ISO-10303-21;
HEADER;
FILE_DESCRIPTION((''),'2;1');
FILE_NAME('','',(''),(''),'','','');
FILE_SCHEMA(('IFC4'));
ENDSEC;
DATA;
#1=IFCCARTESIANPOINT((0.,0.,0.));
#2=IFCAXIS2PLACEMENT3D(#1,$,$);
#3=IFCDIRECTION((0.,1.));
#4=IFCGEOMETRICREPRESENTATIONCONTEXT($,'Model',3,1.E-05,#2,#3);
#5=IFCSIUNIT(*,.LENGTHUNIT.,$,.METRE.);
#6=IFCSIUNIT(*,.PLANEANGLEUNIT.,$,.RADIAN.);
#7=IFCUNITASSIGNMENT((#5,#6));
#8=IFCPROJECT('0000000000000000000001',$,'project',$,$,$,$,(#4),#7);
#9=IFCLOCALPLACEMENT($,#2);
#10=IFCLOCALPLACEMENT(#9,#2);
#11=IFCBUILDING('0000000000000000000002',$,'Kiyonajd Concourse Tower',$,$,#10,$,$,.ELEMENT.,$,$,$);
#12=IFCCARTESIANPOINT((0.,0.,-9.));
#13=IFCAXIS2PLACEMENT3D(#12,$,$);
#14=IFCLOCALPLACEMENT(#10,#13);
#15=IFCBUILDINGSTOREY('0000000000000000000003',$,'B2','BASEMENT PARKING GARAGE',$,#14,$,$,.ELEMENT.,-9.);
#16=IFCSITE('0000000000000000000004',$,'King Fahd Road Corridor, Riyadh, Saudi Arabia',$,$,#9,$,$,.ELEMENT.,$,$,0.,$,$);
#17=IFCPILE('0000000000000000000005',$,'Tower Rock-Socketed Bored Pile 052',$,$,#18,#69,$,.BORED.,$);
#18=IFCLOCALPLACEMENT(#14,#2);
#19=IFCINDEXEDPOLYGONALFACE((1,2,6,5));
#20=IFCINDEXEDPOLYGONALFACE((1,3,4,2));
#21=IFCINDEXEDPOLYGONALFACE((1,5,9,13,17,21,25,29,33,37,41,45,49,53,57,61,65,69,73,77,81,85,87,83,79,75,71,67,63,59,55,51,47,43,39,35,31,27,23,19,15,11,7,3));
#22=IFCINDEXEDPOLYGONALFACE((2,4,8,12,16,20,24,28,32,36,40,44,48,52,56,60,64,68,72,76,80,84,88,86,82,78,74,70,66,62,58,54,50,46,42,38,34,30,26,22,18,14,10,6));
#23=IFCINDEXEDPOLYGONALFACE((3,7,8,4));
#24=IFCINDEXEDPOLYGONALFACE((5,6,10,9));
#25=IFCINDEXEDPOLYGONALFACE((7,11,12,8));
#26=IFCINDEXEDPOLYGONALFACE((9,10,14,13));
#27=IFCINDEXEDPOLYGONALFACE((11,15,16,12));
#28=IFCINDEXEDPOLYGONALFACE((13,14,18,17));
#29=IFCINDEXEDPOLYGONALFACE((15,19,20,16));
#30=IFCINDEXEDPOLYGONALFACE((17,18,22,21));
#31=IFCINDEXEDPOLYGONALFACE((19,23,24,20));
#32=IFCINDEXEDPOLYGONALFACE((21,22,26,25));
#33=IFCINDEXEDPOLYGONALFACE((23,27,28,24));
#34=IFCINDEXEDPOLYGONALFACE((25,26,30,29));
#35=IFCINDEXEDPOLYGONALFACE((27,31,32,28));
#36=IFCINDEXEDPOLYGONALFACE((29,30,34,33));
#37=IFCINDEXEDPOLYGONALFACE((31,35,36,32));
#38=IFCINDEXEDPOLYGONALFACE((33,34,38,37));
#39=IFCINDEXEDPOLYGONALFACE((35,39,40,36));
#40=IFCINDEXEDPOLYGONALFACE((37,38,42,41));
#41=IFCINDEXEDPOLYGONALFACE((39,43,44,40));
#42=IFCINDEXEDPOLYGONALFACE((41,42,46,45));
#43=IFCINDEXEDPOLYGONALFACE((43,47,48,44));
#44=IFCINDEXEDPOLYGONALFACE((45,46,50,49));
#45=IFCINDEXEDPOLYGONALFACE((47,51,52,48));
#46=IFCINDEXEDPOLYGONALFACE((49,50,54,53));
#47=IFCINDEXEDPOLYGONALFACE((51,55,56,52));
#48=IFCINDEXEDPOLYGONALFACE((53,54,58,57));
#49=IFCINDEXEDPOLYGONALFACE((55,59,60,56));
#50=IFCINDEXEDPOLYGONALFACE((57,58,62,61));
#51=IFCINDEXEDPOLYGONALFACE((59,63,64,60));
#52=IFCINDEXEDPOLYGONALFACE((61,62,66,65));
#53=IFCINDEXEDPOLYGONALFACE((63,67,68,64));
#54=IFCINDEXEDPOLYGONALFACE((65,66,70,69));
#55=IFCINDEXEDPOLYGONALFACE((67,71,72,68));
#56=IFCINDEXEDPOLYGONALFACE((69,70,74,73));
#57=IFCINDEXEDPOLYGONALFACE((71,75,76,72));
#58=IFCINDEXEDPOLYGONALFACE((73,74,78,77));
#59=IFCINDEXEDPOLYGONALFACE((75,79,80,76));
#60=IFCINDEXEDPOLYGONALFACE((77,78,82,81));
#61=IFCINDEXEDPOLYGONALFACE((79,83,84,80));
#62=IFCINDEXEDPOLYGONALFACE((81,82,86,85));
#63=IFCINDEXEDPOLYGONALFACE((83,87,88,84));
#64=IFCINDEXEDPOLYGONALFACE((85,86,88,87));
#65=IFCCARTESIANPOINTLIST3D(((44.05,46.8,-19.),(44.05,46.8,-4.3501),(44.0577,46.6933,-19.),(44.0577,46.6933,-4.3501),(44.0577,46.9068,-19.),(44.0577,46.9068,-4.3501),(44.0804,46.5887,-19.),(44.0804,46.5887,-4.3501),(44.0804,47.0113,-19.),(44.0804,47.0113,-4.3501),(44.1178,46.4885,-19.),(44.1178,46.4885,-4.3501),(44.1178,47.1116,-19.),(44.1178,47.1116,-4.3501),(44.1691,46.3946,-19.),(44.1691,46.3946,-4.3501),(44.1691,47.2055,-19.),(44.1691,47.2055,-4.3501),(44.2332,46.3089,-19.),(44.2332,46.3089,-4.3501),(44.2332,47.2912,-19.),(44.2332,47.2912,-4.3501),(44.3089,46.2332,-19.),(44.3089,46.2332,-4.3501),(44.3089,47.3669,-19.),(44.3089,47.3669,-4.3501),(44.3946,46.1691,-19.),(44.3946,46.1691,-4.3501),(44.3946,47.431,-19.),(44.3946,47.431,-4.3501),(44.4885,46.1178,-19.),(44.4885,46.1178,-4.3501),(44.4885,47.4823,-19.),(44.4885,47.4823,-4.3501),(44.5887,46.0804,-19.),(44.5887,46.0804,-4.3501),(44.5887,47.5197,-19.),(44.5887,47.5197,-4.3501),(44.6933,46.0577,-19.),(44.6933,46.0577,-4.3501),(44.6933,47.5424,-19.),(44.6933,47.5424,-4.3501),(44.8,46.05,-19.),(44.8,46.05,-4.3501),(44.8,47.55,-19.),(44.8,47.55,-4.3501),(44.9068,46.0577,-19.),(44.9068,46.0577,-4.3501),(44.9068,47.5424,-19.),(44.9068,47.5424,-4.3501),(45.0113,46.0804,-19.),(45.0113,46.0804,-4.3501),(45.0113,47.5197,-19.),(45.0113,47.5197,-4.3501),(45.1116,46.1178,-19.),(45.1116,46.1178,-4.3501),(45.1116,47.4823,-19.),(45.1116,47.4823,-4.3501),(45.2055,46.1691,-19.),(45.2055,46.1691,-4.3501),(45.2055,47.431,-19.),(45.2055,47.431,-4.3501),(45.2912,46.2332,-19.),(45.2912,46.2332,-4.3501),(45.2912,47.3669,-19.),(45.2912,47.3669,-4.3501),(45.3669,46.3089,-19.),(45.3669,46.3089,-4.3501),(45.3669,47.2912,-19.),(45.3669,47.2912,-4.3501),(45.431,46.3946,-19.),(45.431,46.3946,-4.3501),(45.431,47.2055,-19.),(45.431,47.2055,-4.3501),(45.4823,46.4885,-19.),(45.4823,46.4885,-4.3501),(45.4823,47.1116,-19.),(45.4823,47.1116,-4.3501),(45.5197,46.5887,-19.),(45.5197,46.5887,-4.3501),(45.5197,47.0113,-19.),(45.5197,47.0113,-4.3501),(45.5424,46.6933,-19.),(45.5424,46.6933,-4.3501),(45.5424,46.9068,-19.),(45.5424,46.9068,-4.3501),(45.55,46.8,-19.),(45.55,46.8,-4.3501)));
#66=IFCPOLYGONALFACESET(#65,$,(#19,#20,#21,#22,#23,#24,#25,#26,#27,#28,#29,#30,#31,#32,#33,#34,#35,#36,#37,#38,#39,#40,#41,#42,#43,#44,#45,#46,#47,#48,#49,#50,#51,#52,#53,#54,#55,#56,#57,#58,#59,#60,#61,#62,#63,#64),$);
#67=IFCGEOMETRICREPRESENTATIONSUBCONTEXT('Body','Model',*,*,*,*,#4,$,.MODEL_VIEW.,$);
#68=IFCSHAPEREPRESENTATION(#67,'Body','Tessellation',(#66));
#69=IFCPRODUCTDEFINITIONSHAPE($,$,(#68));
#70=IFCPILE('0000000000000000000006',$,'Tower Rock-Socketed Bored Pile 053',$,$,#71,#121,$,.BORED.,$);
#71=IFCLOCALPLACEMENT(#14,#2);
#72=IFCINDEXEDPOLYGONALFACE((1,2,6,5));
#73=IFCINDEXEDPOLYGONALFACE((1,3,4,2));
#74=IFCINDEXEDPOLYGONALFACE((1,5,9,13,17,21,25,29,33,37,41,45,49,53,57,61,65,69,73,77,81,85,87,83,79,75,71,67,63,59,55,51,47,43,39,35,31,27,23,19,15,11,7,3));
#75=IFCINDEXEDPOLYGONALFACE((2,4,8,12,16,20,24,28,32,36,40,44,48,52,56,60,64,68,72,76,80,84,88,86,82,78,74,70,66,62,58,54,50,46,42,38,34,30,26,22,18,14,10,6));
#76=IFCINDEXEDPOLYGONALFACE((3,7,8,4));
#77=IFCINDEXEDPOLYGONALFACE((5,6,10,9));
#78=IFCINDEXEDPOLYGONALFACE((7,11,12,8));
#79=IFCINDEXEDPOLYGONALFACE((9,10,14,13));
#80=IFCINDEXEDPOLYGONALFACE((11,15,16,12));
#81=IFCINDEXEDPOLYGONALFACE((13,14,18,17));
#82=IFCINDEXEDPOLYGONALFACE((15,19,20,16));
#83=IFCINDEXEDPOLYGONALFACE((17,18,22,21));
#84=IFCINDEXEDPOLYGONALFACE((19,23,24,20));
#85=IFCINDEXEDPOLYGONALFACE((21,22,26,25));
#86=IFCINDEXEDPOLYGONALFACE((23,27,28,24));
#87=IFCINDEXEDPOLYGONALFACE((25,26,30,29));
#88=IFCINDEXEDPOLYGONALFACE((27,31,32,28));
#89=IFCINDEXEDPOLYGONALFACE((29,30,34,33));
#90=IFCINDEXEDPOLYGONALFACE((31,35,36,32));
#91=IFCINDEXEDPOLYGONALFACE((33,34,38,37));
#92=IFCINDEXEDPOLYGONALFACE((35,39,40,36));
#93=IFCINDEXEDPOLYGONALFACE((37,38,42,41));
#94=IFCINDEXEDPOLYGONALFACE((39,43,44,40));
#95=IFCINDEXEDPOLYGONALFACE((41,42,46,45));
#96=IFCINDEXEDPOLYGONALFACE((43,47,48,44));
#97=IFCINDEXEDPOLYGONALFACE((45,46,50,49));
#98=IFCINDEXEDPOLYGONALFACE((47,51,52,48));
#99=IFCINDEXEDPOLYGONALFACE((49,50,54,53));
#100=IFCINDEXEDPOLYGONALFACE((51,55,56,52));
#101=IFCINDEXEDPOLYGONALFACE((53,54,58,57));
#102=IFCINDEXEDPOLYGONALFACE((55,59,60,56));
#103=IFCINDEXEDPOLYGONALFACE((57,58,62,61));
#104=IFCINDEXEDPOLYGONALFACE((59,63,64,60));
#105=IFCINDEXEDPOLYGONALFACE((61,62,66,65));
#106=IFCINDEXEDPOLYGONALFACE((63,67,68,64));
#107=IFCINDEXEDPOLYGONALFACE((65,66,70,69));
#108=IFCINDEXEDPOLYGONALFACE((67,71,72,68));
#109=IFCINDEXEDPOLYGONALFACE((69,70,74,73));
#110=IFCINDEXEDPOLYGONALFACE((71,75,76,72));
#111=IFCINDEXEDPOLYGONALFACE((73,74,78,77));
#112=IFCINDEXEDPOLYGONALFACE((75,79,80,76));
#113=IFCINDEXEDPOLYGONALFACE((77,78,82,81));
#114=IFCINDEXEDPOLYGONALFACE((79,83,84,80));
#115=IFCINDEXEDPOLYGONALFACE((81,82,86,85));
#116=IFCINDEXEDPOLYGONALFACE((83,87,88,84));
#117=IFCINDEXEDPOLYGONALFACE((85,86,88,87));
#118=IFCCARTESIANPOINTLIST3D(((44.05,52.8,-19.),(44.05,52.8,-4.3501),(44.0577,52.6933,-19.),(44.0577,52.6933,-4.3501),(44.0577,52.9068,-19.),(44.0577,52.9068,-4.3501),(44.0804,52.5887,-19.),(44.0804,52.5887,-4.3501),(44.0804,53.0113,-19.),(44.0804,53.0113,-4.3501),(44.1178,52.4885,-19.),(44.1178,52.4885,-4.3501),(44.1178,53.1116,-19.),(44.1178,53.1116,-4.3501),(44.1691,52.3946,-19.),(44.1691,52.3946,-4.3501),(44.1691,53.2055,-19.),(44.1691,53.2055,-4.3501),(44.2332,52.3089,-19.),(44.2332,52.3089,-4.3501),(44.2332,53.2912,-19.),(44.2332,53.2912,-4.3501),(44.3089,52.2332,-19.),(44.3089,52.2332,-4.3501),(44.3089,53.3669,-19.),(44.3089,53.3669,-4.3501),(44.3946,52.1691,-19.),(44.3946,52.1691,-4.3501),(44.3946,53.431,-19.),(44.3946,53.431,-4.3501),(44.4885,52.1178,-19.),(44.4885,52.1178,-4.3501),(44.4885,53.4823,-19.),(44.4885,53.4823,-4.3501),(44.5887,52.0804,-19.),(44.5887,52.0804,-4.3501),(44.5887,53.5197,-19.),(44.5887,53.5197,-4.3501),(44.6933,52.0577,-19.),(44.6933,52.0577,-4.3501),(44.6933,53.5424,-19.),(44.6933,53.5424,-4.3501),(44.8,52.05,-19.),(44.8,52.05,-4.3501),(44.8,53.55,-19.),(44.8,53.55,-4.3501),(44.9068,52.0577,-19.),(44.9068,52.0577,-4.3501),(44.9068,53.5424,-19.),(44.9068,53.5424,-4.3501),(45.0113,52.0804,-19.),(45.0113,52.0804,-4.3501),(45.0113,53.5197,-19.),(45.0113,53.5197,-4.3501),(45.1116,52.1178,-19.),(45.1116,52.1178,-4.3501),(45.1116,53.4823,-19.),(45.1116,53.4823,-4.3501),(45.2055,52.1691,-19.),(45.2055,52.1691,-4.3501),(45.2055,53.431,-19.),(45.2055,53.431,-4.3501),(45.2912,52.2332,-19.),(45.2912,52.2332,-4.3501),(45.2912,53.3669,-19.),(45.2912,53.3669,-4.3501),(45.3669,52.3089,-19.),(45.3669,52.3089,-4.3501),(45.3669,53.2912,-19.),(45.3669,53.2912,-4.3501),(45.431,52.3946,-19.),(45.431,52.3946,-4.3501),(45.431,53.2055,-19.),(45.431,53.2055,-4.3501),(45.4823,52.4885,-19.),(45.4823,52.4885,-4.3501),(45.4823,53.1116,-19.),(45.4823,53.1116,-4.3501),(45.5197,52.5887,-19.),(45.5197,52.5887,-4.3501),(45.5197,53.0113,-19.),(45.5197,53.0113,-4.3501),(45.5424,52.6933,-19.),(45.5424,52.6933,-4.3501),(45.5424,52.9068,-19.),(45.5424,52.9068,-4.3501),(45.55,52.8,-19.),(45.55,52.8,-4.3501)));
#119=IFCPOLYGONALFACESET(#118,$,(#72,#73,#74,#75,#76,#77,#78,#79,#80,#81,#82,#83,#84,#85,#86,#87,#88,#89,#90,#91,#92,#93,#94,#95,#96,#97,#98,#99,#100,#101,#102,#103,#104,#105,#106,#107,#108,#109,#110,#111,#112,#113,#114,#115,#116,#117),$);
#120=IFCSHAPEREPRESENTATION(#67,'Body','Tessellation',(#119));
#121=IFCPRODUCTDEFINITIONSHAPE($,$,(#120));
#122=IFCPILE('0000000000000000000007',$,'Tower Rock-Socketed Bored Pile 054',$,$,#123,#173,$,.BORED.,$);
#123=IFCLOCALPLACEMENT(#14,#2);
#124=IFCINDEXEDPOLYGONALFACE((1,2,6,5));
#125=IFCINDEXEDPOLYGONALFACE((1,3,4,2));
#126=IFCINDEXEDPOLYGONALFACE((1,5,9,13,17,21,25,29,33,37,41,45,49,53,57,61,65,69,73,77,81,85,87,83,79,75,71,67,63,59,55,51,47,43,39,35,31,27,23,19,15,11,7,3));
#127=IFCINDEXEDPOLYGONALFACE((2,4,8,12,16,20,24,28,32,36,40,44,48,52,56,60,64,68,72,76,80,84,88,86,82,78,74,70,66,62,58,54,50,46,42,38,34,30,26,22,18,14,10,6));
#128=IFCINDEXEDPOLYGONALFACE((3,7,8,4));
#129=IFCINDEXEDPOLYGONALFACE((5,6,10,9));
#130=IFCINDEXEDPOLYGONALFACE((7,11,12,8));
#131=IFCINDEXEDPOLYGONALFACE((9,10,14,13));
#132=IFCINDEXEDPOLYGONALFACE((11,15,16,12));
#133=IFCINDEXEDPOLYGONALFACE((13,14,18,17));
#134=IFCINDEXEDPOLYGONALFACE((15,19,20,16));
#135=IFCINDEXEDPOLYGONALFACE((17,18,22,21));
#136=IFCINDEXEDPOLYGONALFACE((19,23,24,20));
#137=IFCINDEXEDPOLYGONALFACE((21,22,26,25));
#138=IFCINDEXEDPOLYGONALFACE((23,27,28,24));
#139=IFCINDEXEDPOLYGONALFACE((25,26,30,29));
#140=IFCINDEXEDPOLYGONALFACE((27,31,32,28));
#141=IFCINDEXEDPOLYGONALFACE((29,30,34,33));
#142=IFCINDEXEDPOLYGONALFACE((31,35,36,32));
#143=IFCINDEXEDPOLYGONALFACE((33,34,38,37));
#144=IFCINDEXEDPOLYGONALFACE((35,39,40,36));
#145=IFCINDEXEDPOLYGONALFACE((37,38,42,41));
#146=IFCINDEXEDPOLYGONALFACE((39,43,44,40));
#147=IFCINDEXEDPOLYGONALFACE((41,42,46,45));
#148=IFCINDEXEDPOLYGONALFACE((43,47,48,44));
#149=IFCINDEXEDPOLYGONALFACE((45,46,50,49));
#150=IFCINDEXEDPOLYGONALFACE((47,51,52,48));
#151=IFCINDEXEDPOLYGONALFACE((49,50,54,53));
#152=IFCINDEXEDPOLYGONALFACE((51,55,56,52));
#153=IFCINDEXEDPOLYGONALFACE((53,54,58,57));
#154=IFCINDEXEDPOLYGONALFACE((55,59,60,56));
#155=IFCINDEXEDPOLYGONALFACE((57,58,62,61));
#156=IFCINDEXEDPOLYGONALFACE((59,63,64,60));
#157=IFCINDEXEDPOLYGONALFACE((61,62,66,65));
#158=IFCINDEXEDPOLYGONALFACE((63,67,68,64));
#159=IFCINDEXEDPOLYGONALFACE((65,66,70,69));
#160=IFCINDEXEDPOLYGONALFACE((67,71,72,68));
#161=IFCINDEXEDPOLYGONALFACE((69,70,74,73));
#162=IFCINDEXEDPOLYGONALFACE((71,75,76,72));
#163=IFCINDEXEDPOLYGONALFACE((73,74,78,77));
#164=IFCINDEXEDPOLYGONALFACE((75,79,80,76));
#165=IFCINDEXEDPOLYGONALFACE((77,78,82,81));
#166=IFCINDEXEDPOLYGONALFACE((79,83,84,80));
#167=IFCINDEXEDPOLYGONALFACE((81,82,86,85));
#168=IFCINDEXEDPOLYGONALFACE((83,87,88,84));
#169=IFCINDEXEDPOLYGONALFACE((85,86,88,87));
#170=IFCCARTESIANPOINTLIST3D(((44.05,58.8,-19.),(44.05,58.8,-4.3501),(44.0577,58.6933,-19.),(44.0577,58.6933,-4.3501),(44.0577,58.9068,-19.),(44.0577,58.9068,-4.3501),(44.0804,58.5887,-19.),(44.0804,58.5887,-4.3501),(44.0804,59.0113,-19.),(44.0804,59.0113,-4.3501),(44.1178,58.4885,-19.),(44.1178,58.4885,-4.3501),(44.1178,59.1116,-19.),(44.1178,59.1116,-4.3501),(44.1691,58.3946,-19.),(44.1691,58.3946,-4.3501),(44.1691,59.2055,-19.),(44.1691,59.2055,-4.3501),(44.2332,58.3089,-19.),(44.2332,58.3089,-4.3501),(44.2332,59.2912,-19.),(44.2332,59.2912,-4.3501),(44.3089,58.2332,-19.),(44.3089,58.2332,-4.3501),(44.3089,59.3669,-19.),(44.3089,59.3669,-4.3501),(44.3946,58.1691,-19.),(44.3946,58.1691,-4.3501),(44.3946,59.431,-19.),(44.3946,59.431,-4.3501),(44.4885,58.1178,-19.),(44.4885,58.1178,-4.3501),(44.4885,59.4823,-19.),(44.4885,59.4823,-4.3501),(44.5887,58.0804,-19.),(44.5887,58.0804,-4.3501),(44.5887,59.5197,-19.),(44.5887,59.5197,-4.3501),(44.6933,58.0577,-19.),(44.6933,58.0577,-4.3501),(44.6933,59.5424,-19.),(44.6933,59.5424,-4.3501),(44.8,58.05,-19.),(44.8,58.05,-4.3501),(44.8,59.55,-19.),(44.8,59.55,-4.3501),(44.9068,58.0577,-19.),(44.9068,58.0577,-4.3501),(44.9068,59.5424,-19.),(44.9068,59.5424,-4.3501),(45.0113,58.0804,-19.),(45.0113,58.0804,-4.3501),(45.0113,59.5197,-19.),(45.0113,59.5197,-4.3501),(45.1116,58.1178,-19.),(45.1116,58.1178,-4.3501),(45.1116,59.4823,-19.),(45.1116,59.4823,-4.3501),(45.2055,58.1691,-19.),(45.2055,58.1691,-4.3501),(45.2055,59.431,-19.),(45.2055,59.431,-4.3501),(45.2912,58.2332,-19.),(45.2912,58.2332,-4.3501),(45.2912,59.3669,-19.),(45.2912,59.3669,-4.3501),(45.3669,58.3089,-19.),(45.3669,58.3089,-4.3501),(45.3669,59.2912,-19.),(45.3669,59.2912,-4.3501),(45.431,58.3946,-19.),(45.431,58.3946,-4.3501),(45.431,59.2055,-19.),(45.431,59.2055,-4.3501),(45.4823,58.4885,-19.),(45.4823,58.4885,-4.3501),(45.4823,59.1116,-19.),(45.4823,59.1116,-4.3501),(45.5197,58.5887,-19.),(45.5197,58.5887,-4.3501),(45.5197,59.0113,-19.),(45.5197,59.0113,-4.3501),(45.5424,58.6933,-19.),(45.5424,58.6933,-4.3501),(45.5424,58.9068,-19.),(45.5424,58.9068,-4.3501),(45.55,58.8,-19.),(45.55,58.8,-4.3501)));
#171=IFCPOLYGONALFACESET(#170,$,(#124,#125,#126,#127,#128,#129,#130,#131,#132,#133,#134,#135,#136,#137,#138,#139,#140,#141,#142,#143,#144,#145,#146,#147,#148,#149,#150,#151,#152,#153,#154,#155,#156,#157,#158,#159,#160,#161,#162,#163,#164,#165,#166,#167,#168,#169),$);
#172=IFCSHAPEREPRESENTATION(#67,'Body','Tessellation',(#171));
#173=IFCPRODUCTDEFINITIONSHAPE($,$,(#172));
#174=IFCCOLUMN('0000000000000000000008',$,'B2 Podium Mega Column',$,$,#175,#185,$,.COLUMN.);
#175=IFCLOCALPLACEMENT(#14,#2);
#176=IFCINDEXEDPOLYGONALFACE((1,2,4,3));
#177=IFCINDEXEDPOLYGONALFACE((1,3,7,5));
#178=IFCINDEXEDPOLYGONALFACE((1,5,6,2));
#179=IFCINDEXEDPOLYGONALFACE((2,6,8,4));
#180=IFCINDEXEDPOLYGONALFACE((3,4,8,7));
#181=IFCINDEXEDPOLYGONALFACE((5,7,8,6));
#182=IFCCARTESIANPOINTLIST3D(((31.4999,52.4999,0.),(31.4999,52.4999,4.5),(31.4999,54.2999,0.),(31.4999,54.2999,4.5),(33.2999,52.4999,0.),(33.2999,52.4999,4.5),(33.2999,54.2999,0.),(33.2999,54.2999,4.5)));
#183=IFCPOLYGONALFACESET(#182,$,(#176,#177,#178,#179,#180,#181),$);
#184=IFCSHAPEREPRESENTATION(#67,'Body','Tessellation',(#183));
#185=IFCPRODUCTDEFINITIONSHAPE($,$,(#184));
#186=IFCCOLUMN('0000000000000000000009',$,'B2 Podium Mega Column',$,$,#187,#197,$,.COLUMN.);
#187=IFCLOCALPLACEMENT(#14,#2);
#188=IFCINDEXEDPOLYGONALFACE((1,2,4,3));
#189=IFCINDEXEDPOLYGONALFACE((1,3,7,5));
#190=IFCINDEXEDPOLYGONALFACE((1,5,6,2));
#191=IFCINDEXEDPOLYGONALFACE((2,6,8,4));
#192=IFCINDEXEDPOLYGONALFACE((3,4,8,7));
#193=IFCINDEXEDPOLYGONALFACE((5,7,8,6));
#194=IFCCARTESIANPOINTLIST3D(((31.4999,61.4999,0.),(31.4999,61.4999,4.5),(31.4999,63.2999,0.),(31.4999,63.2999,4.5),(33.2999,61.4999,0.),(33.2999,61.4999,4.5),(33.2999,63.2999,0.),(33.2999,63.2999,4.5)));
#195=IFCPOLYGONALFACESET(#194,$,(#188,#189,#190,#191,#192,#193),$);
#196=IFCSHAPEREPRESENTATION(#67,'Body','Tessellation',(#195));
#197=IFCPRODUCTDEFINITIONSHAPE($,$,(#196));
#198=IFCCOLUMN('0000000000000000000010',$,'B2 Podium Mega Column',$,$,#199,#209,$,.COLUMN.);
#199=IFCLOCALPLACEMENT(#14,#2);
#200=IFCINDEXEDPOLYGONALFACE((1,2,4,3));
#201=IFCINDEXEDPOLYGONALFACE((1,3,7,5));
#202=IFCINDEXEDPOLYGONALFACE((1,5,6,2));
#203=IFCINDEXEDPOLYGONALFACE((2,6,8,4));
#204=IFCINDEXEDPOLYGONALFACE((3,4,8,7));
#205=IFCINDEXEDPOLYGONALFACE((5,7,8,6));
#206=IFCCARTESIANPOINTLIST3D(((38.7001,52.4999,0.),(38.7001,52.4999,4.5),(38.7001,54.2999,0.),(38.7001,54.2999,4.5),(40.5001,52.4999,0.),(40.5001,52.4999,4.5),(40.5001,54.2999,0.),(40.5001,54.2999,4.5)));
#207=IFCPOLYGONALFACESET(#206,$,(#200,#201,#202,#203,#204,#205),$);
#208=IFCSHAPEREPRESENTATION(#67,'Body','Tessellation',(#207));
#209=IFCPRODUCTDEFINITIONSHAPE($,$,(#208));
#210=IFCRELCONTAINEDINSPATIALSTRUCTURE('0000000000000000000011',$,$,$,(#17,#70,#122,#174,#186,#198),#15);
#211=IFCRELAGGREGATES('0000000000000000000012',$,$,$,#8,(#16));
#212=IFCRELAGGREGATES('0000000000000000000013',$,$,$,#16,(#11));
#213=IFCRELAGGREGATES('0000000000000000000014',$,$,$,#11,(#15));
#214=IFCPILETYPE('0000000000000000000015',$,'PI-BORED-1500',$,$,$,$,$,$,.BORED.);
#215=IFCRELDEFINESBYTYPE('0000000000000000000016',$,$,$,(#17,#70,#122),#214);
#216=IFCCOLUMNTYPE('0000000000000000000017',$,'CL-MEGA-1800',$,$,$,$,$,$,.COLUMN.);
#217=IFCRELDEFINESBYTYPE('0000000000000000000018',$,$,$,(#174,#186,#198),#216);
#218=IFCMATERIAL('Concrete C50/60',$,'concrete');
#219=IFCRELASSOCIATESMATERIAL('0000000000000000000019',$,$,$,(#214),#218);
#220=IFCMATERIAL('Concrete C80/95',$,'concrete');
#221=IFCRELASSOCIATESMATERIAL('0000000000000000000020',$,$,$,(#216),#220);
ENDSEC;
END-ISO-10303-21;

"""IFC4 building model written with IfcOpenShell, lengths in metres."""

from ifc_helpers import new_model, si_unit, direction, frame, origin, origin_2d, place, context, subcontext, project, spatial, rectangle, circle, extrude, material, material_profile, profile_set, type_object, element, save


model = new_model("IFC4")

# Units and contexts
model_context = context("Model", 3, precision=1e-05, world=origin(), true_north=direction((0.0, 1.0)))
body_context = subcontext(model_context, "Body", "Model", "MODEL_VIEW")
ifc_project = project(units=[si_unit("LENGTHUNIT", "METRE"), si_unit("PLANEANGLEUNIT", "RADIAN")], contexts=[model_context])

# Site, building, storey
site_placement = place(None, origin())
site = spatial("IfcSite", under=ifc_project, at=site_placement, Name="King Fahd Road Corridor, Riyadh, Saudi Arabia", CompositionType="ELEMENT", RefElevation=0.0)
building_placement = place(site_placement, origin())
building = spatial("IfcBuilding", under=site, at=building_placement, Name="Kiyonajd Concourse Tower", CompositionType="ELEMENT")
storey_placement = place(building_placement, frame((0.0, 0.0, -9.0)))
storey = spatial("IfcBuildingStorey", under=building, at=storey_placement, Name="B2", Description="BASEMENT PARKING GARAGE", CompositionType="ELEMENT", Elevation=-9.0)

# Piles
ifc_material_1 = material(Name="Concrete C50/60", Category="concrete")
ifc_material_profile_1 = material_profile(ifc_material_1, circle(Radius=0.75, at=origin_2d()), Name="PILE-D1500")
ifc_profile_set_1 = profile_set([ifc_material_profile_1], Name="Concrete C50/60")
pile_type = type_object("IfcPileType", Name="PI-BORED-1500", PredefinedType="BORED", material=ifc_profile_set_1)
for number, where, z_axis, x_axis, name in (
    (1, (44.8, 46.8, -4.3501), (0.0, 0.0, -1.0), (1.0, 0.0, 0.0), "Tower Rock-Socketed Bored Pile 052"),
    (2, (44.8, 52.8, -4.3501), (0.0, 0.0, -1.0), (1.0, 0.0, 0.0), "Tower Rock-Socketed Bored Pile 053"),
    (3, (44.8, 58.8, -4.3501), (0.0, 0.0, -1.0), (1.0, 0.0, 0.0), "Tower Rock-Socketed Bored Pile 054"),
):
    element("IfcPile", number, at=place(storey_placement, frame(where, z_axis=z_axis, x_axis=x_axis)), inside=storey, type_object=pile_type, Name=name, PredefinedType="BORED", context=body_context, shape_type="SweptSolid", body=[
        extrude(circle(Radius=0.75, at=origin_2d()), origin(), (0.0, 0.0, 1.0), 14.6499),
    ])

# Columns
ifc_material_2 = material(Name="Concrete C80/95", Category="concrete")
ifc_material_profile_2 = material_profile(ifc_material_2, rectangle(XDim=1.8, YDim=1.8, at=origin_2d()), Name="RC-1800x1800")
ifc_profile_set_2 = profile_set([ifc_material_profile_2], Name="Concrete C80/95")
column_type = type_object("IfcColumnType", Name="CL-MEGA-1800", PredefinedType="COLUMN", material=ifc_profile_set_2)
for number, where, z_axis, x_axis, name in (
    (4, (32.3999, 53.3999, 0.0), (0.0, 0.0, 1.0), (1.0, 0.0, 0.0), "B2 Podium Mega Column"),
    (5, (32.3999, 62.3999, 0.0), (0.0, 0.0, 1.0), (1.0, 0.0, 0.0), "B2 Podium Mega Column"),
    (6, (39.6001, 53.3999, 0.0), (0.0, 0.0, 1.0), (1.0, 0.0, 0.0), "B2 Podium Mega Column"),
):
    element("IfcColumn", number, at=place(storey_placement, frame(where, z_axis=z_axis, x_axis=x_axis)), inside=storey, type_object=column_type, Name=name, PredefinedType="COLUMN", context=body_context, shape_type="SweptSolid", body=[
        extrude(rectangle(XDim=1.8, YDim=1.8, at=origin_2d()), origin(), (0.0, 0.0, 1.0), 4.5),
    ])

save(model, "model.ifc")
